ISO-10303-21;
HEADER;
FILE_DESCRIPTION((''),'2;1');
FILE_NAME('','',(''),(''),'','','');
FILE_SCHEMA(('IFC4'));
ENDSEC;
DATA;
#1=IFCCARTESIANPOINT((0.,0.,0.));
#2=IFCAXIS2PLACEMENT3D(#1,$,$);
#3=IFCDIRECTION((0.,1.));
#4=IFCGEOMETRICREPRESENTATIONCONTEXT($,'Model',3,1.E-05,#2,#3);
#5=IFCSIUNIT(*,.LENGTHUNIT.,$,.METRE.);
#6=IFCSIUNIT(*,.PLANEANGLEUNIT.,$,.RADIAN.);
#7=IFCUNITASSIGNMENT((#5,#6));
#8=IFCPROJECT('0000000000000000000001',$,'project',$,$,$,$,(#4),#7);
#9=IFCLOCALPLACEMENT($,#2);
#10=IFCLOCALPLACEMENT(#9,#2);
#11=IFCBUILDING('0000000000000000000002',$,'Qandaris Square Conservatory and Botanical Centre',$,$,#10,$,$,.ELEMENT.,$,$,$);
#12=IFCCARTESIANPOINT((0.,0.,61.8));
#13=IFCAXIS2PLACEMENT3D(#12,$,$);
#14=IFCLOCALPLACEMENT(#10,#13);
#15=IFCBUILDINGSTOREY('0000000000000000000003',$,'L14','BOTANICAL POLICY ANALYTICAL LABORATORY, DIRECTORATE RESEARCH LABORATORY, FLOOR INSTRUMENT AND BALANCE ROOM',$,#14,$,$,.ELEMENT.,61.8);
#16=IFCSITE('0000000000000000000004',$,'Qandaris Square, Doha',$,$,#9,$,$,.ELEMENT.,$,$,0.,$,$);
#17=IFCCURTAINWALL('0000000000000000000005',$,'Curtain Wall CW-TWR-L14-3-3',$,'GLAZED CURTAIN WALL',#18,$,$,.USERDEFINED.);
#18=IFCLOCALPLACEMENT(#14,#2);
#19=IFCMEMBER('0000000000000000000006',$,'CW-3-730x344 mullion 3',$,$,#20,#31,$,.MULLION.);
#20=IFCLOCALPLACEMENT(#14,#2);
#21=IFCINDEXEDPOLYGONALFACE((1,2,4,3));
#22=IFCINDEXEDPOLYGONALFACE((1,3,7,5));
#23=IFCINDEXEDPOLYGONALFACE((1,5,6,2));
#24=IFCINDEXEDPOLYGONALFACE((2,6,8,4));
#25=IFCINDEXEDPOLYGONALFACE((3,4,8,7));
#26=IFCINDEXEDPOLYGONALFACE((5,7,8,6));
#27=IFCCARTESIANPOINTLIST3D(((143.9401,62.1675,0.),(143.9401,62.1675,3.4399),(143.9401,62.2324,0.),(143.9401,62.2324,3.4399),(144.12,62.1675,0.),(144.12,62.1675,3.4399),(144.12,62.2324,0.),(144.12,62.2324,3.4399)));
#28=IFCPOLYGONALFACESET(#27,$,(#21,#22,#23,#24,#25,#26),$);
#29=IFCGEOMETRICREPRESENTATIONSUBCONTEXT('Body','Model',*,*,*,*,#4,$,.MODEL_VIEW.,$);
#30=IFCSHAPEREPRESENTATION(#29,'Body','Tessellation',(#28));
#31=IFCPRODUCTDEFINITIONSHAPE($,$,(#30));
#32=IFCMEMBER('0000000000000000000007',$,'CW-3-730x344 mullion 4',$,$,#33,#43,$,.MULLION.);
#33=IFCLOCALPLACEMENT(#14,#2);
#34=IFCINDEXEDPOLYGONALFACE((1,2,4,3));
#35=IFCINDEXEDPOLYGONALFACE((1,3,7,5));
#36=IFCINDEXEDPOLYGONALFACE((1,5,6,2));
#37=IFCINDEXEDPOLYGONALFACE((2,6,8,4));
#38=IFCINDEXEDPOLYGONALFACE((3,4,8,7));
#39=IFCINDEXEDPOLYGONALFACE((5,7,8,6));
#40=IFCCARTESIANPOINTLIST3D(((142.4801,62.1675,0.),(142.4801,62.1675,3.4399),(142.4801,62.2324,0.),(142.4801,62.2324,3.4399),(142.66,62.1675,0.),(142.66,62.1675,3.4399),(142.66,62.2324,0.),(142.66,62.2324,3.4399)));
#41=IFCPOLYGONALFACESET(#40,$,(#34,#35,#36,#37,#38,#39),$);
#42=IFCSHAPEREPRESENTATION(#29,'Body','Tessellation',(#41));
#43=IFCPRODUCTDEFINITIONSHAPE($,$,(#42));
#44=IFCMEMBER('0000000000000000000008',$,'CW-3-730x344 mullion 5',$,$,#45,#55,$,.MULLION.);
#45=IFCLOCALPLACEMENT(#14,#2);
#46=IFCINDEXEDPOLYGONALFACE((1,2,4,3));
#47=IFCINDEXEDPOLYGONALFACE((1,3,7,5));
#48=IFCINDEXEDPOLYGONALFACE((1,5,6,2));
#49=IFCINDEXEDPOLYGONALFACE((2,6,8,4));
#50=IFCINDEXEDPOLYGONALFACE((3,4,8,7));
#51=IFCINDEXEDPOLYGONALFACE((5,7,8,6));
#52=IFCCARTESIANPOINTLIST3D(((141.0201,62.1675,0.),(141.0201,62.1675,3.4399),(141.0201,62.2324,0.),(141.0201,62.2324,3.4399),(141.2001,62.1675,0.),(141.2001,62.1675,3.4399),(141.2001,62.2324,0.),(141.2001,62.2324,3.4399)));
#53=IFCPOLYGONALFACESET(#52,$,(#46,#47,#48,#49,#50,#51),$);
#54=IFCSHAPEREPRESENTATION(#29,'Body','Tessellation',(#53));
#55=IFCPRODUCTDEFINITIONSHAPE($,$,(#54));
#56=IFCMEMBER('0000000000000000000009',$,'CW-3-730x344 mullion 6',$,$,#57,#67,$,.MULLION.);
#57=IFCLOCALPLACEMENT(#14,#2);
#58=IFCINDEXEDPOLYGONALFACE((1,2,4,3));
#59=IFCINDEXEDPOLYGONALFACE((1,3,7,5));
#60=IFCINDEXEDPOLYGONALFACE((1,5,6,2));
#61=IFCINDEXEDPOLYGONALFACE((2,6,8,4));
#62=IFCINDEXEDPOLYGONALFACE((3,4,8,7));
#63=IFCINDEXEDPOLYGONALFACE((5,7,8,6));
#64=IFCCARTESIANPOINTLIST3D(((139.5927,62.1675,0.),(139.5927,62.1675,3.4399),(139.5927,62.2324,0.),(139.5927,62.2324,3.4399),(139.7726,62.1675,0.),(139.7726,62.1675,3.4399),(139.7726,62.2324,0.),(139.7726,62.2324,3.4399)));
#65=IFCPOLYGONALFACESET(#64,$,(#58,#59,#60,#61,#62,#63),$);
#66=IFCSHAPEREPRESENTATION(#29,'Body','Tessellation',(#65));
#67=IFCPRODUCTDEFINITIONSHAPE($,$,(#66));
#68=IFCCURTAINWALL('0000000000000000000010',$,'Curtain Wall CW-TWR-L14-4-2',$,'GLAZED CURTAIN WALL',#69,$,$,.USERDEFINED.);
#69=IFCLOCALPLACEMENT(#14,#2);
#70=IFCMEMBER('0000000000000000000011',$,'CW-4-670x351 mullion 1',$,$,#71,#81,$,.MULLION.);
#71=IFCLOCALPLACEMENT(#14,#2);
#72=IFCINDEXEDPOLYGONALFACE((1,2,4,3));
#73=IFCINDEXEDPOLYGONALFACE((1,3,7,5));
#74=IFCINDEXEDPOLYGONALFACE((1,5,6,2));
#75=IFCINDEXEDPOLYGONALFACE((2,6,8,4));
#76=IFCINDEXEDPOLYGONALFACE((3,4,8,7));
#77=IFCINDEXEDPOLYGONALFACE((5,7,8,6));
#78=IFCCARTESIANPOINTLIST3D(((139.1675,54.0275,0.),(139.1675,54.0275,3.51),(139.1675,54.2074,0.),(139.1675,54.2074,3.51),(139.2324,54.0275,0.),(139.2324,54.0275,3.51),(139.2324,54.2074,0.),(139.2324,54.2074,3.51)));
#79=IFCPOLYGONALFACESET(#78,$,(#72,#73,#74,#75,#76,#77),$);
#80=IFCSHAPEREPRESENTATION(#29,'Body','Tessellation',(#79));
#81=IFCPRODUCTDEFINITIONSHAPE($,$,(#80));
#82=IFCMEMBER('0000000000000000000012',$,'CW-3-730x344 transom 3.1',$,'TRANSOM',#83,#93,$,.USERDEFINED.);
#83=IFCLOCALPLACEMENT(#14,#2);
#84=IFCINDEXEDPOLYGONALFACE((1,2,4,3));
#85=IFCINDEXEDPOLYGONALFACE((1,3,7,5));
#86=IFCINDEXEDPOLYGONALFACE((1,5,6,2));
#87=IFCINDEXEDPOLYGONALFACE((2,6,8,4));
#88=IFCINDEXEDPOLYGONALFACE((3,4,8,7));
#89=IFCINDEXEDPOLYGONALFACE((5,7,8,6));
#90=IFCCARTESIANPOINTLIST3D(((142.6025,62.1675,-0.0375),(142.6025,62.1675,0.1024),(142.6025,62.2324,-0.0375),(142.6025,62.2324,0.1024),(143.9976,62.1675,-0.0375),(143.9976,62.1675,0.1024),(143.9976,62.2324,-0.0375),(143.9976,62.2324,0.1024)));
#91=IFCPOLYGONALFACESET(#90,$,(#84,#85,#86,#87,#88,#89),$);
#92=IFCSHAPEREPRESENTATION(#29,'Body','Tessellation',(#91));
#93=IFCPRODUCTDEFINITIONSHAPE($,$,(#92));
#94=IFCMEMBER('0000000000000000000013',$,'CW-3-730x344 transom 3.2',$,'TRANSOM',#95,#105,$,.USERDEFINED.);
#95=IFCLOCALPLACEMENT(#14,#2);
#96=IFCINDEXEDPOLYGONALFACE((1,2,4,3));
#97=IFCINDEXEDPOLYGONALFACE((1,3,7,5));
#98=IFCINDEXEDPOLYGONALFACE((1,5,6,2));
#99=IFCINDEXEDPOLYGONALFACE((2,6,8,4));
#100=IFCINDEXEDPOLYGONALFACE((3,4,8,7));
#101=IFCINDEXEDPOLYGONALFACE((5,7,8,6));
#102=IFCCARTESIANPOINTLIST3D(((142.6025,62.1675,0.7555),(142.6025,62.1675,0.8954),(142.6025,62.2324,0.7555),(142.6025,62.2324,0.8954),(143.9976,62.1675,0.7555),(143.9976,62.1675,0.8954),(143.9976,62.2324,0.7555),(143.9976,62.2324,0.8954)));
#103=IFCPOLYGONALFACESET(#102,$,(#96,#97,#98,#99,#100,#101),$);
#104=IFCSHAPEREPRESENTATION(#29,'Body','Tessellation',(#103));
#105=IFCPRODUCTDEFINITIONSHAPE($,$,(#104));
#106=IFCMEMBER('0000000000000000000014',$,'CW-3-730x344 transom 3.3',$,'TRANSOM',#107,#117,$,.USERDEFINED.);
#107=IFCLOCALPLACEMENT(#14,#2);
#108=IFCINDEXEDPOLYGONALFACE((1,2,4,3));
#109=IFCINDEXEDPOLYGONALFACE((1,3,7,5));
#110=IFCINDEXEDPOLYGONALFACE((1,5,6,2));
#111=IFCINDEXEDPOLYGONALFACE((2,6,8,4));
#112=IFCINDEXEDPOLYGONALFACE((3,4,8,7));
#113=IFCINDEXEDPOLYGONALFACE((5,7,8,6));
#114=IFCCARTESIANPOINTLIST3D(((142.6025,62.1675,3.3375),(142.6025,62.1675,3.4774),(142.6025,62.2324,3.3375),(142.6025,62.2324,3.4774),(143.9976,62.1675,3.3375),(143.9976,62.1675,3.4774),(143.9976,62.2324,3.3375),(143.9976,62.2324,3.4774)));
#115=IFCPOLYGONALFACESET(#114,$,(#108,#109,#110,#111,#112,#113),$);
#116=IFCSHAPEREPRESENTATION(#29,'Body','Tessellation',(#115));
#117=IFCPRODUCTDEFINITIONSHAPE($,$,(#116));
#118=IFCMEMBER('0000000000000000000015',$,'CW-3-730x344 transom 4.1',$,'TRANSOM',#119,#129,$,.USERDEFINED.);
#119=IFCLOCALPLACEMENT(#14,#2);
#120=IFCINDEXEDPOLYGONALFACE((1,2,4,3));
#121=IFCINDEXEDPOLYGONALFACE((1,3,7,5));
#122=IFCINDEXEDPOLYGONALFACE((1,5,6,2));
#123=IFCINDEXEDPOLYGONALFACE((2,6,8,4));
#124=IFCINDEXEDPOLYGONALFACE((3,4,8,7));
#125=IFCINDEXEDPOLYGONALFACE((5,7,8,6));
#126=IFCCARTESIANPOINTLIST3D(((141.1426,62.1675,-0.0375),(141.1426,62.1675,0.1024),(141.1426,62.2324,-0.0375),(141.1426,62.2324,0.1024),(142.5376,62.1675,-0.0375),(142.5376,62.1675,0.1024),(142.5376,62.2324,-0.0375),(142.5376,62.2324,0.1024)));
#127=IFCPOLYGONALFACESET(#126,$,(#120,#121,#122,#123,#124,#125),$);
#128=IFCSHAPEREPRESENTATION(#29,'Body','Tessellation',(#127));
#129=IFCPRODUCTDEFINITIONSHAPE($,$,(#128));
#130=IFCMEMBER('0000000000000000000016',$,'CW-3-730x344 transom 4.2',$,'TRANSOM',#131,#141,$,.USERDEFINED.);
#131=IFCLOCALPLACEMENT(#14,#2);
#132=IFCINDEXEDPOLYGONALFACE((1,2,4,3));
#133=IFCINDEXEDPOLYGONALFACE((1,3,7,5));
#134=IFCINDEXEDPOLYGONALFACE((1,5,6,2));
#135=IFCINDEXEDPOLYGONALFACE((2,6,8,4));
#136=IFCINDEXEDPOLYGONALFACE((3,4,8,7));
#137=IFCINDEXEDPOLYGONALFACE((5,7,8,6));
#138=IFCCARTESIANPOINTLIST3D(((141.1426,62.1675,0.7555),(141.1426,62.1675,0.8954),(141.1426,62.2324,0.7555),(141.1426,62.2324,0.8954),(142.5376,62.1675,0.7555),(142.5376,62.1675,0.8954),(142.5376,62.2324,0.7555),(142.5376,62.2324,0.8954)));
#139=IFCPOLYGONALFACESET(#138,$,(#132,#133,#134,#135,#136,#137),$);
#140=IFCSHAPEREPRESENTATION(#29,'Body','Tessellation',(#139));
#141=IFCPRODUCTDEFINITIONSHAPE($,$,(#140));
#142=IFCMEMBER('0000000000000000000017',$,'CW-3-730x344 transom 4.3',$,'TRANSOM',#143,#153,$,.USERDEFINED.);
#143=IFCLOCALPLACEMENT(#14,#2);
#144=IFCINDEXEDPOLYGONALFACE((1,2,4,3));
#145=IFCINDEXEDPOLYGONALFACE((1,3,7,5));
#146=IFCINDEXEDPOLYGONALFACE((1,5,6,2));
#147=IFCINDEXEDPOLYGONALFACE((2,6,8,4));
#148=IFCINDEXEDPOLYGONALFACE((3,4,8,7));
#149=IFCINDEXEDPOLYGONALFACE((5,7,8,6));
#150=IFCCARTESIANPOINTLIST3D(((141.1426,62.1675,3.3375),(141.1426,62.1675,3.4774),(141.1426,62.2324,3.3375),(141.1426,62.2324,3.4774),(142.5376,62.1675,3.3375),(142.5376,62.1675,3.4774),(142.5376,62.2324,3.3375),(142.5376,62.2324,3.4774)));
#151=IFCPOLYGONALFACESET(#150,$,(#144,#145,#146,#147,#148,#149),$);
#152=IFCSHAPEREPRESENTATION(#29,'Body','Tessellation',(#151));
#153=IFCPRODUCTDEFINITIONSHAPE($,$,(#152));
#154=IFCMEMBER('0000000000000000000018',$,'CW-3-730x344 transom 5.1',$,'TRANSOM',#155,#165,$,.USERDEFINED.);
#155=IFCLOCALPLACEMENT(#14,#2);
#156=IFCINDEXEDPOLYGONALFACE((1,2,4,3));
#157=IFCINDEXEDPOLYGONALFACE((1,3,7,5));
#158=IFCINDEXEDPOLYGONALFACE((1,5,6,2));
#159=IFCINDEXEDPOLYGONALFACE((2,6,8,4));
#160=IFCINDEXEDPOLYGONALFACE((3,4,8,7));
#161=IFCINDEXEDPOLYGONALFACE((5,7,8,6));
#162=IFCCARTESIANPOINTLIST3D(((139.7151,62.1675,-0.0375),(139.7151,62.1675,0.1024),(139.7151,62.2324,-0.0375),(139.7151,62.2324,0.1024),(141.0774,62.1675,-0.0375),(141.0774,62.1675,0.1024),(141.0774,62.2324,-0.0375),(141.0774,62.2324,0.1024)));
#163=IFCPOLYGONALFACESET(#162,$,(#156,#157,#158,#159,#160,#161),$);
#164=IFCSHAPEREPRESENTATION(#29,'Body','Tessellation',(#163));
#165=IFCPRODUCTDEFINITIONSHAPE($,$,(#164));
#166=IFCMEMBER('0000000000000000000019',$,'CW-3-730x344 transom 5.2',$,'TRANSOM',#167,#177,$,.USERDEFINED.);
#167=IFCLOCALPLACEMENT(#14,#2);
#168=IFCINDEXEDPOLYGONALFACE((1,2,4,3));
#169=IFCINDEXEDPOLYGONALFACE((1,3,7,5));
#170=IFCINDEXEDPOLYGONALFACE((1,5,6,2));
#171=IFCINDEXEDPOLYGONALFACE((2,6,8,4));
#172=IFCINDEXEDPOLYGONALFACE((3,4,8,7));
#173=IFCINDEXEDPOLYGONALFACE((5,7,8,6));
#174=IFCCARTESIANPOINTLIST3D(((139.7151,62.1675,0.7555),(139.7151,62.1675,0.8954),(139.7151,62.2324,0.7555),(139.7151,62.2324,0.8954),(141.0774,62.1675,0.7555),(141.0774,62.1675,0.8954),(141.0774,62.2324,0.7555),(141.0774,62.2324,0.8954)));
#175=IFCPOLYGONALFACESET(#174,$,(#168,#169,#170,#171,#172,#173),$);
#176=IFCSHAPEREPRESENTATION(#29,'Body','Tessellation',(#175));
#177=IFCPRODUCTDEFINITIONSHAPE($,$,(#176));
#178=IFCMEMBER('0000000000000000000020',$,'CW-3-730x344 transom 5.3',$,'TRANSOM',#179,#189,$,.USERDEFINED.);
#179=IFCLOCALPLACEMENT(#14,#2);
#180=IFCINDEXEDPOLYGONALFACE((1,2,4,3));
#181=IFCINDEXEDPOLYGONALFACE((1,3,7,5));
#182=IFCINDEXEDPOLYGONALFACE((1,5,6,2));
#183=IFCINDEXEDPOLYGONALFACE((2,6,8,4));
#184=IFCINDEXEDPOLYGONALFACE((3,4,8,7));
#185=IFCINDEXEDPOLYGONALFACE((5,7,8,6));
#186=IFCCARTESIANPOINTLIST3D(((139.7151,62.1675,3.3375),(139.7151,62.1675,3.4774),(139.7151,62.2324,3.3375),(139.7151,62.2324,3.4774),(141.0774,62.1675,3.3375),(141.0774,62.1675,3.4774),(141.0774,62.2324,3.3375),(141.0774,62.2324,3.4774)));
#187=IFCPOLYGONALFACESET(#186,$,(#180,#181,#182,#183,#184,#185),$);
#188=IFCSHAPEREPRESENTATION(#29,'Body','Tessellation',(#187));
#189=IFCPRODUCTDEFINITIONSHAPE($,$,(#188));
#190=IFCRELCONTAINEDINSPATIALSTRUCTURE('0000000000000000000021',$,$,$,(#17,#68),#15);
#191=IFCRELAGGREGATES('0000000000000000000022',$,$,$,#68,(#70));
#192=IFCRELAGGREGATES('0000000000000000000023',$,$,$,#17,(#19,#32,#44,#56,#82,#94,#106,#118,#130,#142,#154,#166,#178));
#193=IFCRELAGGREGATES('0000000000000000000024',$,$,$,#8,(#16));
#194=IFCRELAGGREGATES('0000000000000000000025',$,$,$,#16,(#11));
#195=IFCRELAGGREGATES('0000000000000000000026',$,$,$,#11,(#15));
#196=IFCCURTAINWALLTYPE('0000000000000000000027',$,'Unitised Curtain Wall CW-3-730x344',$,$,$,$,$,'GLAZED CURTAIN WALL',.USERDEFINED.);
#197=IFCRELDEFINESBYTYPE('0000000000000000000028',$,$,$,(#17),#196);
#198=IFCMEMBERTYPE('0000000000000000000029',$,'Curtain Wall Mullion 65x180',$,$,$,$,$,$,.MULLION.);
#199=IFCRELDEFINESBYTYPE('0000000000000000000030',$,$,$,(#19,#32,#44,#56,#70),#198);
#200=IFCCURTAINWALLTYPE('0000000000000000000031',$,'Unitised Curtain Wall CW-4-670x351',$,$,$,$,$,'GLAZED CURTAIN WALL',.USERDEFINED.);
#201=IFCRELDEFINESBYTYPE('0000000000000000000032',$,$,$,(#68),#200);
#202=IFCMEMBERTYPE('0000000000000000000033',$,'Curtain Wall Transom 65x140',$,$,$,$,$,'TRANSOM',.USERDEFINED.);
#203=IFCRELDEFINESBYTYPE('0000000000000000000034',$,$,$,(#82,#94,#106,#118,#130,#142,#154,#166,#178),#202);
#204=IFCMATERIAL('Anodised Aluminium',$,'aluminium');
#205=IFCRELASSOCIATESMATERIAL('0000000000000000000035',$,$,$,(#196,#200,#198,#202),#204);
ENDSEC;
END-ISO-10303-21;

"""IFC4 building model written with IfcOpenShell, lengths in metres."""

from ifc_helpers import new_model, si_unit, direction, frame, origin, origin_2d, place, context, subcontext, project, spatial, rectangle, extrude, material, material_profile, profile_set, type_object, element, aggregate, save


model = new_model("IFC4")

# Units and contexts
model_context = context("Model", 3, precision=1e-05, world=origin(), true_north=direction((0.0, 1.0)))
body_context = subcontext(model_context, "Body", "Model", "MODEL_VIEW")
ifc_project = project(units=[si_unit("LENGTHUNIT", "METRE"), si_unit("PLANEANGLEUNIT", "RADIAN")], contexts=[model_context])

# Site, building, storey
site_placement = place(None, origin())
site = spatial("IfcSite", under=ifc_project, at=site_placement, Name="Qandaris Square, Doha", CompositionType="ELEMENT", RefElevation=0.0)
building_placement = place(site_placement, origin())
building = spatial("IfcBuilding", under=site, at=building_placement, Name="Qandaris Square Conservatory and Botanical Centre", CompositionType="ELEMENT")
storey_placement = place(building_placement, frame((0.0, 0.0, 61.8)))
storey = spatial("IfcBuildingStorey", under=building, at=storey_placement, Name="L14", Description="BOTANICAL POLICY ANALYTICAL LABORATORY, DIRECTORATE RESEARCH LABORATORY, FLOOR INSTRUMENT AND BALANCE ROOM", CompositionType="ELEMENT", Elevation=61.8)

# Curtain wall, members
ifc_material_1 = material(Name="Anodised Aluminium", Category="aluminium")
curtain_wall_type_1 = type_object("IfcCurtainWallType", Name="Unitised Curtain Wall CW-3-730x344", ElementType="GLAZED CURTAIN WALL", PredefinedType="USERDEFINED", material=ifc_material_1)
curtain_wall_1_placement = place(storey_placement, origin())
curtain_wall_1 = element("IfcCurtainWall", 1, at=curtain_wall_1_placement, inside=storey, type_object=curtain_wall_type_1, Name="Curtain Wall CW-TWR-L14-3-3", ObjectType="GLAZED CURTAIN WALL", PredefinedType="USERDEFINED")
ifc_material_profile_1 = material_profile(ifc_material_1, rectangle(XDim=0.0649, YDim=0.1799, at=origin_2d()), Name="ALU-MUL 65x180")
ifc_profile_set_1 = profile_set([ifc_material_profile_1], Name="Anodised Aluminium")
member_type_1 = type_object("IfcMemberType", Name="Curtain Wall Mullion 65x180", PredefinedType="MULLION", material=ifc_profile_set_1)
member_1_placement = place(storey_placement, frame((144.03, 62.2, 0.0), z_axis=(0.0, 0.0, 1.0), x_axis=(0.0, -1.0, 0.0)))
member_1 = element("IfcMember", 2, at=member_1_placement, type_object=member_type_1, Name="CW-3-730x344 mullion 3", PredefinedType="MULLION", context=body_context, shape_type="SweptSolid", body=[
    extrude(rectangle(XDim=0.0649, YDim=0.1799, at=origin_2d()), origin(), (0.0, 0.0, 1.0), 3.4399),
])
member_2_placement = place(storey_placement, frame((142.5701, 62.2, 0.0), z_axis=(0.0, 0.0, 1.0), x_axis=(0.0, -1.0, 0.0)))
member_2 = element("IfcMember", 3, at=member_2_placement, type_object=member_type_1, Name="CW-3-730x344 mullion 4", PredefinedType="MULLION", context=body_context, shape_type="SweptSolid", body=[
    extrude(rectangle(XDim=0.0649, YDim=0.1799, at=origin_2d()), origin(), (0.0, 0.0, 1.0), 3.4399),
])
member_3_placement = place(storey_placement, frame((141.1101, 62.2, 0.0), z_axis=(0.0, 0.0, 1.0), x_axis=(0.0, -1.0, 0.0)))
member_3 = element("IfcMember", 4, at=member_3_placement, type_object=member_type_1, Name="CW-3-730x344 mullion 5", PredefinedType="MULLION", context=body_context, shape_type="SweptSolid", body=[
    extrude(rectangle(XDim=0.0649, YDim=0.1799, at=origin_2d()), origin(), (0.0, 0.0, 1.0), 3.4399),
])
member_4_placement = place(storey_placement, frame((139.6826, 62.2, 0.0), z_axis=(0.0, 0.0, 1.0), x_axis=(0.0, -1.0, 0.0)))
member_4 = element("IfcMember", 5, at=member_4_placement, type_object=member_type_1, Name="CW-3-730x344 mullion 6", PredefinedType="MULLION", context=body_context, shape_type="SweptSolid", body=[
    extrude(rectangle(XDim=0.0649, YDim=0.1799, at=origin_2d()), origin(), (0.0, 0.0, 1.0), 3.4399),
])

# Curtain wall, member
curtain_wall_type_2 = type_object("IfcCurtainWallType", Name="Unitised Curtain Wall CW-4-670x351", ElementType="GLAZED CURTAIN WALL", PredefinedType="USERDEFINED", material=ifc_material_1)
curtain_wall_2_placement = place(storey_placement, origin())
curtain_wall_2 = element("IfcCurtainWall", 6, at=curtain_wall_2_placement, inside=storey, type_object=curtain_wall_type_2, Name="Curtain Wall CW-TWR-L14-4-2", ObjectType="GLAZED CURTAIN WALL", PredefinedType="USERDEFINED")
member_5_placement = place(storey_placement, frame((139.2, 54.1174, 0.0), z_axis=(0.0, 0.0, 1.0), x_axis=(1.0, 0.0, 0.0)))
member_5 = element("IfcMember", 7, at=member_5_placement, type_object=member_type_1, Name="CW-4-670x351 mullion 1", PredefinedType="MULLION", context=body_context, shape_type="SweptSolid", body=[
    extrude(rectangle(XDim=0.0649, YDim=0.1799, at=origin_2d()), origin(), (0.0, 0.0, 1.0), 3.51),
])
aggregate(curtain_wall_2, [member_5])

# Members
ifc_material_profile_2 = material_profile(ifc_material_1, rectangle(XDim=0.0649, YDim=0.1399, at=origin_2d()), Name="ALU-TRN 65x140")
ifc_profile_set_2 = profile_set([ifc_material_profile_2], Name="Anodised Aluminium")
member_type_2 = type_object("IfcMemberType", Name="Curtain Wall Transom 65x140", ElementType="TRANSOM", PredefinedType="USERDEFINED", material=ifc_profile_set_2)
member_6_placement = place(storey_placement, frame((143.9976, 62.2, 0.0325), z_axis=(-1.0, 0.0, 0.0), x_axis=(0.0, -1.0, 0.0)))
member_6 = element("IfcMember", 8, at=member_6_placement, type_object=member_type_2, Name="CW-3-730x344 transom 3.1", ObjectType="TRANSOM", PredefinedType="USERDEFINED", context=body_context, shape_type="SweptSolid", body=[
    extrude(rectangle(XDim=0.0649, YDim=0.1399, at=origin_2d()), origin(), (0.0, 0.0, 1.0), 1.395),
])
member_7_placement = place(storey_placement, frame((143.9976, 62.2, 0.8254), z_axis=(-1.0, 0.0, 0.0), x_axis=(0.0, -1.0, 0.0)))
member_7 = element("IfcMember", 9, at=member_7_placement, type_object=member_type_2, Name="CW-3-730x344 transom 3.2", ObjectType="TRANSOM", PredefinedType="USERDEFINED", context=body_context, shape_type="SweptSolid", body=[
    extrude(rectangle(XDim=0.0649, YDim=0.1399, at=origin_2d()), origin(), (0.0, 0.0, 1.0), 1.395),
])
member_8_placement = place(storey_placement, frame((143.9976, 62.2, 3.4075), z_axis=(-1.0, 0.0, 0.0), x_axis=(0.0, -1.0, 0.0)))
member_8 = element("IfcMember", 10, at=member_8_placement, type_object=member_type_2, Name="CW-3-730x344 transom 3.3", ObjectType="TRANSOM", PredefinedType="USERDEFINED", context=body_context, shape_type="SweptSolid", body=[
    extrude(rectangle(XDim=0.0649, YDim=0.1399, at=origin_2d()), origin(), (0.0, 0.0, 1.0), 1.395),
])
member_9_placement = place(storey_placement, frame((142.5376, 62.2, 0.0325), z_axis=(-1.0, 0.0, 0.0), x_axis=(0.0, -1.0, 0.0)))
member_9 = element("IfcMember", 11, at=member_9_placement, type_object=member_type_2, Name="CW-3-730x344 transom 4.1", ObjectType="TRANSOM", PredefinedType="USERDEFINED", context=body_context, shape_type="SweptSolid", body=[
    extrude(rectangle(XDim=0.0649, YDim=0.1399, at=origin_2d()), origin(), (0.0, 0.0, 1.0), 1.395),
])
member_10_placement = place(storey_placement, frame((142.5376, 62.2, 0.8254), z_axis=(-1.0, 0.0, 0.0), x_axis=(0.0, -1.0, 0.0)))
member_10 = element("IfcMember", 12, at=member_10_placement, type_object=member_type_2, Name="CW-3-730x344 transom 4.2", ObjectType="TRANSOM", PredefinedType="USERDEFINED", context=body_context, shape_type="SweptSolid", body=[
    extrude(rectangle(XDim=0.0649, YDim=0.1399, at=origin_2d()), origin(), (0.0, 0.0, 1.0), 1.395),
])
member_11_placement = place(storey_placement, frame((142.5376, 62.2, 3.4075), z_axis=(-1.0, 0.0, 0.0), x_axis=(0.0, -1.0, 0.0)))
member_11 = element("IfcMember", 13, at=member_11_placement, type_object=member_type_2, Name="CW-3-730x344 transom 4.3", ObjectType="TRANSOM", PredefinedType="USERDEFINED", context=body_context, shape_type="SweptSolid", body=[
    extrude(rectangle(XDim=0.0649, YDim=0.1399, at=origin_2d()), origin(), (0.0, 0.0, 1.0), 1.395),
])
member_12_placement = place(storey_placement, frame((141.0774, 62.2, 0.0325), z_axis=(-1.0, 0.0, 0.0), x_axis=(0.0, -1.0, 0.0)))
member_12 = element("IfcMember", 14, at=member_12_placement, type_object=member_type_2, Name="CW-3-730x344 transom 5.1", ObjectType="TRANSOM", PredefinedType="USERDEFINED", context=body_context, shape_type="SweptSolid", body=[
    extrude(rectangle(XDim=0.0649, YDim=0.1399, at=origin_2d()), origin(), (0.0, 0.0, 1.0), 1.3623),
])
member_13_placement = place(storey_placement, frame((141.0774, 62.2, 0.8254), z_axis=(-1.0, 0.0, 0.0), x_axis=(0.0, -1.0, 0.0)))
member_13 = element("IfcMember", 15, at=member_13_placement, type_object=member_type_2, Name="CW-3-730x344 transom 5.2", ObjectType="TRANSOM", PredefinedType="USERDEFINED", context=body_context, shape_type="SweptSolid", body=[
    extrude(rectangle(XDim=0.0649, YDim=0.1399, at=origin_2d()), origin(), (0.0, 0.0, 1.0), 1.3623),
])
member_14_placement = place(storey_placement, frame((141.0774, 62.2, 3.4075), z_axis=(-1.0, 0.0, 0.0), x_axis=(0.0, -1.0, 0.0)))
member_14 = element("IfcMember", 16, at=member_14_placement, type_object=member_type_2, Name="CW-3-730x344 transom 5.3", ObjectType="TRANSOM", PredefinedType="USERDEFINED", context=body_context, shape_type="SweptSolid", body=[
    extrude(rectangle(XDim=0.0649, YDim=0.1399, at=origin_2d()), origin(), (0.0, 0.0, 1.0), 1.3623),
])

aggregate(curtain_wall_1, [member_1, member_2, member_3, member_4, member_6, member_7, member_8, member_9, member_10, member_11, member_12, member_13, member_14])

save(model, "model.ifc")
